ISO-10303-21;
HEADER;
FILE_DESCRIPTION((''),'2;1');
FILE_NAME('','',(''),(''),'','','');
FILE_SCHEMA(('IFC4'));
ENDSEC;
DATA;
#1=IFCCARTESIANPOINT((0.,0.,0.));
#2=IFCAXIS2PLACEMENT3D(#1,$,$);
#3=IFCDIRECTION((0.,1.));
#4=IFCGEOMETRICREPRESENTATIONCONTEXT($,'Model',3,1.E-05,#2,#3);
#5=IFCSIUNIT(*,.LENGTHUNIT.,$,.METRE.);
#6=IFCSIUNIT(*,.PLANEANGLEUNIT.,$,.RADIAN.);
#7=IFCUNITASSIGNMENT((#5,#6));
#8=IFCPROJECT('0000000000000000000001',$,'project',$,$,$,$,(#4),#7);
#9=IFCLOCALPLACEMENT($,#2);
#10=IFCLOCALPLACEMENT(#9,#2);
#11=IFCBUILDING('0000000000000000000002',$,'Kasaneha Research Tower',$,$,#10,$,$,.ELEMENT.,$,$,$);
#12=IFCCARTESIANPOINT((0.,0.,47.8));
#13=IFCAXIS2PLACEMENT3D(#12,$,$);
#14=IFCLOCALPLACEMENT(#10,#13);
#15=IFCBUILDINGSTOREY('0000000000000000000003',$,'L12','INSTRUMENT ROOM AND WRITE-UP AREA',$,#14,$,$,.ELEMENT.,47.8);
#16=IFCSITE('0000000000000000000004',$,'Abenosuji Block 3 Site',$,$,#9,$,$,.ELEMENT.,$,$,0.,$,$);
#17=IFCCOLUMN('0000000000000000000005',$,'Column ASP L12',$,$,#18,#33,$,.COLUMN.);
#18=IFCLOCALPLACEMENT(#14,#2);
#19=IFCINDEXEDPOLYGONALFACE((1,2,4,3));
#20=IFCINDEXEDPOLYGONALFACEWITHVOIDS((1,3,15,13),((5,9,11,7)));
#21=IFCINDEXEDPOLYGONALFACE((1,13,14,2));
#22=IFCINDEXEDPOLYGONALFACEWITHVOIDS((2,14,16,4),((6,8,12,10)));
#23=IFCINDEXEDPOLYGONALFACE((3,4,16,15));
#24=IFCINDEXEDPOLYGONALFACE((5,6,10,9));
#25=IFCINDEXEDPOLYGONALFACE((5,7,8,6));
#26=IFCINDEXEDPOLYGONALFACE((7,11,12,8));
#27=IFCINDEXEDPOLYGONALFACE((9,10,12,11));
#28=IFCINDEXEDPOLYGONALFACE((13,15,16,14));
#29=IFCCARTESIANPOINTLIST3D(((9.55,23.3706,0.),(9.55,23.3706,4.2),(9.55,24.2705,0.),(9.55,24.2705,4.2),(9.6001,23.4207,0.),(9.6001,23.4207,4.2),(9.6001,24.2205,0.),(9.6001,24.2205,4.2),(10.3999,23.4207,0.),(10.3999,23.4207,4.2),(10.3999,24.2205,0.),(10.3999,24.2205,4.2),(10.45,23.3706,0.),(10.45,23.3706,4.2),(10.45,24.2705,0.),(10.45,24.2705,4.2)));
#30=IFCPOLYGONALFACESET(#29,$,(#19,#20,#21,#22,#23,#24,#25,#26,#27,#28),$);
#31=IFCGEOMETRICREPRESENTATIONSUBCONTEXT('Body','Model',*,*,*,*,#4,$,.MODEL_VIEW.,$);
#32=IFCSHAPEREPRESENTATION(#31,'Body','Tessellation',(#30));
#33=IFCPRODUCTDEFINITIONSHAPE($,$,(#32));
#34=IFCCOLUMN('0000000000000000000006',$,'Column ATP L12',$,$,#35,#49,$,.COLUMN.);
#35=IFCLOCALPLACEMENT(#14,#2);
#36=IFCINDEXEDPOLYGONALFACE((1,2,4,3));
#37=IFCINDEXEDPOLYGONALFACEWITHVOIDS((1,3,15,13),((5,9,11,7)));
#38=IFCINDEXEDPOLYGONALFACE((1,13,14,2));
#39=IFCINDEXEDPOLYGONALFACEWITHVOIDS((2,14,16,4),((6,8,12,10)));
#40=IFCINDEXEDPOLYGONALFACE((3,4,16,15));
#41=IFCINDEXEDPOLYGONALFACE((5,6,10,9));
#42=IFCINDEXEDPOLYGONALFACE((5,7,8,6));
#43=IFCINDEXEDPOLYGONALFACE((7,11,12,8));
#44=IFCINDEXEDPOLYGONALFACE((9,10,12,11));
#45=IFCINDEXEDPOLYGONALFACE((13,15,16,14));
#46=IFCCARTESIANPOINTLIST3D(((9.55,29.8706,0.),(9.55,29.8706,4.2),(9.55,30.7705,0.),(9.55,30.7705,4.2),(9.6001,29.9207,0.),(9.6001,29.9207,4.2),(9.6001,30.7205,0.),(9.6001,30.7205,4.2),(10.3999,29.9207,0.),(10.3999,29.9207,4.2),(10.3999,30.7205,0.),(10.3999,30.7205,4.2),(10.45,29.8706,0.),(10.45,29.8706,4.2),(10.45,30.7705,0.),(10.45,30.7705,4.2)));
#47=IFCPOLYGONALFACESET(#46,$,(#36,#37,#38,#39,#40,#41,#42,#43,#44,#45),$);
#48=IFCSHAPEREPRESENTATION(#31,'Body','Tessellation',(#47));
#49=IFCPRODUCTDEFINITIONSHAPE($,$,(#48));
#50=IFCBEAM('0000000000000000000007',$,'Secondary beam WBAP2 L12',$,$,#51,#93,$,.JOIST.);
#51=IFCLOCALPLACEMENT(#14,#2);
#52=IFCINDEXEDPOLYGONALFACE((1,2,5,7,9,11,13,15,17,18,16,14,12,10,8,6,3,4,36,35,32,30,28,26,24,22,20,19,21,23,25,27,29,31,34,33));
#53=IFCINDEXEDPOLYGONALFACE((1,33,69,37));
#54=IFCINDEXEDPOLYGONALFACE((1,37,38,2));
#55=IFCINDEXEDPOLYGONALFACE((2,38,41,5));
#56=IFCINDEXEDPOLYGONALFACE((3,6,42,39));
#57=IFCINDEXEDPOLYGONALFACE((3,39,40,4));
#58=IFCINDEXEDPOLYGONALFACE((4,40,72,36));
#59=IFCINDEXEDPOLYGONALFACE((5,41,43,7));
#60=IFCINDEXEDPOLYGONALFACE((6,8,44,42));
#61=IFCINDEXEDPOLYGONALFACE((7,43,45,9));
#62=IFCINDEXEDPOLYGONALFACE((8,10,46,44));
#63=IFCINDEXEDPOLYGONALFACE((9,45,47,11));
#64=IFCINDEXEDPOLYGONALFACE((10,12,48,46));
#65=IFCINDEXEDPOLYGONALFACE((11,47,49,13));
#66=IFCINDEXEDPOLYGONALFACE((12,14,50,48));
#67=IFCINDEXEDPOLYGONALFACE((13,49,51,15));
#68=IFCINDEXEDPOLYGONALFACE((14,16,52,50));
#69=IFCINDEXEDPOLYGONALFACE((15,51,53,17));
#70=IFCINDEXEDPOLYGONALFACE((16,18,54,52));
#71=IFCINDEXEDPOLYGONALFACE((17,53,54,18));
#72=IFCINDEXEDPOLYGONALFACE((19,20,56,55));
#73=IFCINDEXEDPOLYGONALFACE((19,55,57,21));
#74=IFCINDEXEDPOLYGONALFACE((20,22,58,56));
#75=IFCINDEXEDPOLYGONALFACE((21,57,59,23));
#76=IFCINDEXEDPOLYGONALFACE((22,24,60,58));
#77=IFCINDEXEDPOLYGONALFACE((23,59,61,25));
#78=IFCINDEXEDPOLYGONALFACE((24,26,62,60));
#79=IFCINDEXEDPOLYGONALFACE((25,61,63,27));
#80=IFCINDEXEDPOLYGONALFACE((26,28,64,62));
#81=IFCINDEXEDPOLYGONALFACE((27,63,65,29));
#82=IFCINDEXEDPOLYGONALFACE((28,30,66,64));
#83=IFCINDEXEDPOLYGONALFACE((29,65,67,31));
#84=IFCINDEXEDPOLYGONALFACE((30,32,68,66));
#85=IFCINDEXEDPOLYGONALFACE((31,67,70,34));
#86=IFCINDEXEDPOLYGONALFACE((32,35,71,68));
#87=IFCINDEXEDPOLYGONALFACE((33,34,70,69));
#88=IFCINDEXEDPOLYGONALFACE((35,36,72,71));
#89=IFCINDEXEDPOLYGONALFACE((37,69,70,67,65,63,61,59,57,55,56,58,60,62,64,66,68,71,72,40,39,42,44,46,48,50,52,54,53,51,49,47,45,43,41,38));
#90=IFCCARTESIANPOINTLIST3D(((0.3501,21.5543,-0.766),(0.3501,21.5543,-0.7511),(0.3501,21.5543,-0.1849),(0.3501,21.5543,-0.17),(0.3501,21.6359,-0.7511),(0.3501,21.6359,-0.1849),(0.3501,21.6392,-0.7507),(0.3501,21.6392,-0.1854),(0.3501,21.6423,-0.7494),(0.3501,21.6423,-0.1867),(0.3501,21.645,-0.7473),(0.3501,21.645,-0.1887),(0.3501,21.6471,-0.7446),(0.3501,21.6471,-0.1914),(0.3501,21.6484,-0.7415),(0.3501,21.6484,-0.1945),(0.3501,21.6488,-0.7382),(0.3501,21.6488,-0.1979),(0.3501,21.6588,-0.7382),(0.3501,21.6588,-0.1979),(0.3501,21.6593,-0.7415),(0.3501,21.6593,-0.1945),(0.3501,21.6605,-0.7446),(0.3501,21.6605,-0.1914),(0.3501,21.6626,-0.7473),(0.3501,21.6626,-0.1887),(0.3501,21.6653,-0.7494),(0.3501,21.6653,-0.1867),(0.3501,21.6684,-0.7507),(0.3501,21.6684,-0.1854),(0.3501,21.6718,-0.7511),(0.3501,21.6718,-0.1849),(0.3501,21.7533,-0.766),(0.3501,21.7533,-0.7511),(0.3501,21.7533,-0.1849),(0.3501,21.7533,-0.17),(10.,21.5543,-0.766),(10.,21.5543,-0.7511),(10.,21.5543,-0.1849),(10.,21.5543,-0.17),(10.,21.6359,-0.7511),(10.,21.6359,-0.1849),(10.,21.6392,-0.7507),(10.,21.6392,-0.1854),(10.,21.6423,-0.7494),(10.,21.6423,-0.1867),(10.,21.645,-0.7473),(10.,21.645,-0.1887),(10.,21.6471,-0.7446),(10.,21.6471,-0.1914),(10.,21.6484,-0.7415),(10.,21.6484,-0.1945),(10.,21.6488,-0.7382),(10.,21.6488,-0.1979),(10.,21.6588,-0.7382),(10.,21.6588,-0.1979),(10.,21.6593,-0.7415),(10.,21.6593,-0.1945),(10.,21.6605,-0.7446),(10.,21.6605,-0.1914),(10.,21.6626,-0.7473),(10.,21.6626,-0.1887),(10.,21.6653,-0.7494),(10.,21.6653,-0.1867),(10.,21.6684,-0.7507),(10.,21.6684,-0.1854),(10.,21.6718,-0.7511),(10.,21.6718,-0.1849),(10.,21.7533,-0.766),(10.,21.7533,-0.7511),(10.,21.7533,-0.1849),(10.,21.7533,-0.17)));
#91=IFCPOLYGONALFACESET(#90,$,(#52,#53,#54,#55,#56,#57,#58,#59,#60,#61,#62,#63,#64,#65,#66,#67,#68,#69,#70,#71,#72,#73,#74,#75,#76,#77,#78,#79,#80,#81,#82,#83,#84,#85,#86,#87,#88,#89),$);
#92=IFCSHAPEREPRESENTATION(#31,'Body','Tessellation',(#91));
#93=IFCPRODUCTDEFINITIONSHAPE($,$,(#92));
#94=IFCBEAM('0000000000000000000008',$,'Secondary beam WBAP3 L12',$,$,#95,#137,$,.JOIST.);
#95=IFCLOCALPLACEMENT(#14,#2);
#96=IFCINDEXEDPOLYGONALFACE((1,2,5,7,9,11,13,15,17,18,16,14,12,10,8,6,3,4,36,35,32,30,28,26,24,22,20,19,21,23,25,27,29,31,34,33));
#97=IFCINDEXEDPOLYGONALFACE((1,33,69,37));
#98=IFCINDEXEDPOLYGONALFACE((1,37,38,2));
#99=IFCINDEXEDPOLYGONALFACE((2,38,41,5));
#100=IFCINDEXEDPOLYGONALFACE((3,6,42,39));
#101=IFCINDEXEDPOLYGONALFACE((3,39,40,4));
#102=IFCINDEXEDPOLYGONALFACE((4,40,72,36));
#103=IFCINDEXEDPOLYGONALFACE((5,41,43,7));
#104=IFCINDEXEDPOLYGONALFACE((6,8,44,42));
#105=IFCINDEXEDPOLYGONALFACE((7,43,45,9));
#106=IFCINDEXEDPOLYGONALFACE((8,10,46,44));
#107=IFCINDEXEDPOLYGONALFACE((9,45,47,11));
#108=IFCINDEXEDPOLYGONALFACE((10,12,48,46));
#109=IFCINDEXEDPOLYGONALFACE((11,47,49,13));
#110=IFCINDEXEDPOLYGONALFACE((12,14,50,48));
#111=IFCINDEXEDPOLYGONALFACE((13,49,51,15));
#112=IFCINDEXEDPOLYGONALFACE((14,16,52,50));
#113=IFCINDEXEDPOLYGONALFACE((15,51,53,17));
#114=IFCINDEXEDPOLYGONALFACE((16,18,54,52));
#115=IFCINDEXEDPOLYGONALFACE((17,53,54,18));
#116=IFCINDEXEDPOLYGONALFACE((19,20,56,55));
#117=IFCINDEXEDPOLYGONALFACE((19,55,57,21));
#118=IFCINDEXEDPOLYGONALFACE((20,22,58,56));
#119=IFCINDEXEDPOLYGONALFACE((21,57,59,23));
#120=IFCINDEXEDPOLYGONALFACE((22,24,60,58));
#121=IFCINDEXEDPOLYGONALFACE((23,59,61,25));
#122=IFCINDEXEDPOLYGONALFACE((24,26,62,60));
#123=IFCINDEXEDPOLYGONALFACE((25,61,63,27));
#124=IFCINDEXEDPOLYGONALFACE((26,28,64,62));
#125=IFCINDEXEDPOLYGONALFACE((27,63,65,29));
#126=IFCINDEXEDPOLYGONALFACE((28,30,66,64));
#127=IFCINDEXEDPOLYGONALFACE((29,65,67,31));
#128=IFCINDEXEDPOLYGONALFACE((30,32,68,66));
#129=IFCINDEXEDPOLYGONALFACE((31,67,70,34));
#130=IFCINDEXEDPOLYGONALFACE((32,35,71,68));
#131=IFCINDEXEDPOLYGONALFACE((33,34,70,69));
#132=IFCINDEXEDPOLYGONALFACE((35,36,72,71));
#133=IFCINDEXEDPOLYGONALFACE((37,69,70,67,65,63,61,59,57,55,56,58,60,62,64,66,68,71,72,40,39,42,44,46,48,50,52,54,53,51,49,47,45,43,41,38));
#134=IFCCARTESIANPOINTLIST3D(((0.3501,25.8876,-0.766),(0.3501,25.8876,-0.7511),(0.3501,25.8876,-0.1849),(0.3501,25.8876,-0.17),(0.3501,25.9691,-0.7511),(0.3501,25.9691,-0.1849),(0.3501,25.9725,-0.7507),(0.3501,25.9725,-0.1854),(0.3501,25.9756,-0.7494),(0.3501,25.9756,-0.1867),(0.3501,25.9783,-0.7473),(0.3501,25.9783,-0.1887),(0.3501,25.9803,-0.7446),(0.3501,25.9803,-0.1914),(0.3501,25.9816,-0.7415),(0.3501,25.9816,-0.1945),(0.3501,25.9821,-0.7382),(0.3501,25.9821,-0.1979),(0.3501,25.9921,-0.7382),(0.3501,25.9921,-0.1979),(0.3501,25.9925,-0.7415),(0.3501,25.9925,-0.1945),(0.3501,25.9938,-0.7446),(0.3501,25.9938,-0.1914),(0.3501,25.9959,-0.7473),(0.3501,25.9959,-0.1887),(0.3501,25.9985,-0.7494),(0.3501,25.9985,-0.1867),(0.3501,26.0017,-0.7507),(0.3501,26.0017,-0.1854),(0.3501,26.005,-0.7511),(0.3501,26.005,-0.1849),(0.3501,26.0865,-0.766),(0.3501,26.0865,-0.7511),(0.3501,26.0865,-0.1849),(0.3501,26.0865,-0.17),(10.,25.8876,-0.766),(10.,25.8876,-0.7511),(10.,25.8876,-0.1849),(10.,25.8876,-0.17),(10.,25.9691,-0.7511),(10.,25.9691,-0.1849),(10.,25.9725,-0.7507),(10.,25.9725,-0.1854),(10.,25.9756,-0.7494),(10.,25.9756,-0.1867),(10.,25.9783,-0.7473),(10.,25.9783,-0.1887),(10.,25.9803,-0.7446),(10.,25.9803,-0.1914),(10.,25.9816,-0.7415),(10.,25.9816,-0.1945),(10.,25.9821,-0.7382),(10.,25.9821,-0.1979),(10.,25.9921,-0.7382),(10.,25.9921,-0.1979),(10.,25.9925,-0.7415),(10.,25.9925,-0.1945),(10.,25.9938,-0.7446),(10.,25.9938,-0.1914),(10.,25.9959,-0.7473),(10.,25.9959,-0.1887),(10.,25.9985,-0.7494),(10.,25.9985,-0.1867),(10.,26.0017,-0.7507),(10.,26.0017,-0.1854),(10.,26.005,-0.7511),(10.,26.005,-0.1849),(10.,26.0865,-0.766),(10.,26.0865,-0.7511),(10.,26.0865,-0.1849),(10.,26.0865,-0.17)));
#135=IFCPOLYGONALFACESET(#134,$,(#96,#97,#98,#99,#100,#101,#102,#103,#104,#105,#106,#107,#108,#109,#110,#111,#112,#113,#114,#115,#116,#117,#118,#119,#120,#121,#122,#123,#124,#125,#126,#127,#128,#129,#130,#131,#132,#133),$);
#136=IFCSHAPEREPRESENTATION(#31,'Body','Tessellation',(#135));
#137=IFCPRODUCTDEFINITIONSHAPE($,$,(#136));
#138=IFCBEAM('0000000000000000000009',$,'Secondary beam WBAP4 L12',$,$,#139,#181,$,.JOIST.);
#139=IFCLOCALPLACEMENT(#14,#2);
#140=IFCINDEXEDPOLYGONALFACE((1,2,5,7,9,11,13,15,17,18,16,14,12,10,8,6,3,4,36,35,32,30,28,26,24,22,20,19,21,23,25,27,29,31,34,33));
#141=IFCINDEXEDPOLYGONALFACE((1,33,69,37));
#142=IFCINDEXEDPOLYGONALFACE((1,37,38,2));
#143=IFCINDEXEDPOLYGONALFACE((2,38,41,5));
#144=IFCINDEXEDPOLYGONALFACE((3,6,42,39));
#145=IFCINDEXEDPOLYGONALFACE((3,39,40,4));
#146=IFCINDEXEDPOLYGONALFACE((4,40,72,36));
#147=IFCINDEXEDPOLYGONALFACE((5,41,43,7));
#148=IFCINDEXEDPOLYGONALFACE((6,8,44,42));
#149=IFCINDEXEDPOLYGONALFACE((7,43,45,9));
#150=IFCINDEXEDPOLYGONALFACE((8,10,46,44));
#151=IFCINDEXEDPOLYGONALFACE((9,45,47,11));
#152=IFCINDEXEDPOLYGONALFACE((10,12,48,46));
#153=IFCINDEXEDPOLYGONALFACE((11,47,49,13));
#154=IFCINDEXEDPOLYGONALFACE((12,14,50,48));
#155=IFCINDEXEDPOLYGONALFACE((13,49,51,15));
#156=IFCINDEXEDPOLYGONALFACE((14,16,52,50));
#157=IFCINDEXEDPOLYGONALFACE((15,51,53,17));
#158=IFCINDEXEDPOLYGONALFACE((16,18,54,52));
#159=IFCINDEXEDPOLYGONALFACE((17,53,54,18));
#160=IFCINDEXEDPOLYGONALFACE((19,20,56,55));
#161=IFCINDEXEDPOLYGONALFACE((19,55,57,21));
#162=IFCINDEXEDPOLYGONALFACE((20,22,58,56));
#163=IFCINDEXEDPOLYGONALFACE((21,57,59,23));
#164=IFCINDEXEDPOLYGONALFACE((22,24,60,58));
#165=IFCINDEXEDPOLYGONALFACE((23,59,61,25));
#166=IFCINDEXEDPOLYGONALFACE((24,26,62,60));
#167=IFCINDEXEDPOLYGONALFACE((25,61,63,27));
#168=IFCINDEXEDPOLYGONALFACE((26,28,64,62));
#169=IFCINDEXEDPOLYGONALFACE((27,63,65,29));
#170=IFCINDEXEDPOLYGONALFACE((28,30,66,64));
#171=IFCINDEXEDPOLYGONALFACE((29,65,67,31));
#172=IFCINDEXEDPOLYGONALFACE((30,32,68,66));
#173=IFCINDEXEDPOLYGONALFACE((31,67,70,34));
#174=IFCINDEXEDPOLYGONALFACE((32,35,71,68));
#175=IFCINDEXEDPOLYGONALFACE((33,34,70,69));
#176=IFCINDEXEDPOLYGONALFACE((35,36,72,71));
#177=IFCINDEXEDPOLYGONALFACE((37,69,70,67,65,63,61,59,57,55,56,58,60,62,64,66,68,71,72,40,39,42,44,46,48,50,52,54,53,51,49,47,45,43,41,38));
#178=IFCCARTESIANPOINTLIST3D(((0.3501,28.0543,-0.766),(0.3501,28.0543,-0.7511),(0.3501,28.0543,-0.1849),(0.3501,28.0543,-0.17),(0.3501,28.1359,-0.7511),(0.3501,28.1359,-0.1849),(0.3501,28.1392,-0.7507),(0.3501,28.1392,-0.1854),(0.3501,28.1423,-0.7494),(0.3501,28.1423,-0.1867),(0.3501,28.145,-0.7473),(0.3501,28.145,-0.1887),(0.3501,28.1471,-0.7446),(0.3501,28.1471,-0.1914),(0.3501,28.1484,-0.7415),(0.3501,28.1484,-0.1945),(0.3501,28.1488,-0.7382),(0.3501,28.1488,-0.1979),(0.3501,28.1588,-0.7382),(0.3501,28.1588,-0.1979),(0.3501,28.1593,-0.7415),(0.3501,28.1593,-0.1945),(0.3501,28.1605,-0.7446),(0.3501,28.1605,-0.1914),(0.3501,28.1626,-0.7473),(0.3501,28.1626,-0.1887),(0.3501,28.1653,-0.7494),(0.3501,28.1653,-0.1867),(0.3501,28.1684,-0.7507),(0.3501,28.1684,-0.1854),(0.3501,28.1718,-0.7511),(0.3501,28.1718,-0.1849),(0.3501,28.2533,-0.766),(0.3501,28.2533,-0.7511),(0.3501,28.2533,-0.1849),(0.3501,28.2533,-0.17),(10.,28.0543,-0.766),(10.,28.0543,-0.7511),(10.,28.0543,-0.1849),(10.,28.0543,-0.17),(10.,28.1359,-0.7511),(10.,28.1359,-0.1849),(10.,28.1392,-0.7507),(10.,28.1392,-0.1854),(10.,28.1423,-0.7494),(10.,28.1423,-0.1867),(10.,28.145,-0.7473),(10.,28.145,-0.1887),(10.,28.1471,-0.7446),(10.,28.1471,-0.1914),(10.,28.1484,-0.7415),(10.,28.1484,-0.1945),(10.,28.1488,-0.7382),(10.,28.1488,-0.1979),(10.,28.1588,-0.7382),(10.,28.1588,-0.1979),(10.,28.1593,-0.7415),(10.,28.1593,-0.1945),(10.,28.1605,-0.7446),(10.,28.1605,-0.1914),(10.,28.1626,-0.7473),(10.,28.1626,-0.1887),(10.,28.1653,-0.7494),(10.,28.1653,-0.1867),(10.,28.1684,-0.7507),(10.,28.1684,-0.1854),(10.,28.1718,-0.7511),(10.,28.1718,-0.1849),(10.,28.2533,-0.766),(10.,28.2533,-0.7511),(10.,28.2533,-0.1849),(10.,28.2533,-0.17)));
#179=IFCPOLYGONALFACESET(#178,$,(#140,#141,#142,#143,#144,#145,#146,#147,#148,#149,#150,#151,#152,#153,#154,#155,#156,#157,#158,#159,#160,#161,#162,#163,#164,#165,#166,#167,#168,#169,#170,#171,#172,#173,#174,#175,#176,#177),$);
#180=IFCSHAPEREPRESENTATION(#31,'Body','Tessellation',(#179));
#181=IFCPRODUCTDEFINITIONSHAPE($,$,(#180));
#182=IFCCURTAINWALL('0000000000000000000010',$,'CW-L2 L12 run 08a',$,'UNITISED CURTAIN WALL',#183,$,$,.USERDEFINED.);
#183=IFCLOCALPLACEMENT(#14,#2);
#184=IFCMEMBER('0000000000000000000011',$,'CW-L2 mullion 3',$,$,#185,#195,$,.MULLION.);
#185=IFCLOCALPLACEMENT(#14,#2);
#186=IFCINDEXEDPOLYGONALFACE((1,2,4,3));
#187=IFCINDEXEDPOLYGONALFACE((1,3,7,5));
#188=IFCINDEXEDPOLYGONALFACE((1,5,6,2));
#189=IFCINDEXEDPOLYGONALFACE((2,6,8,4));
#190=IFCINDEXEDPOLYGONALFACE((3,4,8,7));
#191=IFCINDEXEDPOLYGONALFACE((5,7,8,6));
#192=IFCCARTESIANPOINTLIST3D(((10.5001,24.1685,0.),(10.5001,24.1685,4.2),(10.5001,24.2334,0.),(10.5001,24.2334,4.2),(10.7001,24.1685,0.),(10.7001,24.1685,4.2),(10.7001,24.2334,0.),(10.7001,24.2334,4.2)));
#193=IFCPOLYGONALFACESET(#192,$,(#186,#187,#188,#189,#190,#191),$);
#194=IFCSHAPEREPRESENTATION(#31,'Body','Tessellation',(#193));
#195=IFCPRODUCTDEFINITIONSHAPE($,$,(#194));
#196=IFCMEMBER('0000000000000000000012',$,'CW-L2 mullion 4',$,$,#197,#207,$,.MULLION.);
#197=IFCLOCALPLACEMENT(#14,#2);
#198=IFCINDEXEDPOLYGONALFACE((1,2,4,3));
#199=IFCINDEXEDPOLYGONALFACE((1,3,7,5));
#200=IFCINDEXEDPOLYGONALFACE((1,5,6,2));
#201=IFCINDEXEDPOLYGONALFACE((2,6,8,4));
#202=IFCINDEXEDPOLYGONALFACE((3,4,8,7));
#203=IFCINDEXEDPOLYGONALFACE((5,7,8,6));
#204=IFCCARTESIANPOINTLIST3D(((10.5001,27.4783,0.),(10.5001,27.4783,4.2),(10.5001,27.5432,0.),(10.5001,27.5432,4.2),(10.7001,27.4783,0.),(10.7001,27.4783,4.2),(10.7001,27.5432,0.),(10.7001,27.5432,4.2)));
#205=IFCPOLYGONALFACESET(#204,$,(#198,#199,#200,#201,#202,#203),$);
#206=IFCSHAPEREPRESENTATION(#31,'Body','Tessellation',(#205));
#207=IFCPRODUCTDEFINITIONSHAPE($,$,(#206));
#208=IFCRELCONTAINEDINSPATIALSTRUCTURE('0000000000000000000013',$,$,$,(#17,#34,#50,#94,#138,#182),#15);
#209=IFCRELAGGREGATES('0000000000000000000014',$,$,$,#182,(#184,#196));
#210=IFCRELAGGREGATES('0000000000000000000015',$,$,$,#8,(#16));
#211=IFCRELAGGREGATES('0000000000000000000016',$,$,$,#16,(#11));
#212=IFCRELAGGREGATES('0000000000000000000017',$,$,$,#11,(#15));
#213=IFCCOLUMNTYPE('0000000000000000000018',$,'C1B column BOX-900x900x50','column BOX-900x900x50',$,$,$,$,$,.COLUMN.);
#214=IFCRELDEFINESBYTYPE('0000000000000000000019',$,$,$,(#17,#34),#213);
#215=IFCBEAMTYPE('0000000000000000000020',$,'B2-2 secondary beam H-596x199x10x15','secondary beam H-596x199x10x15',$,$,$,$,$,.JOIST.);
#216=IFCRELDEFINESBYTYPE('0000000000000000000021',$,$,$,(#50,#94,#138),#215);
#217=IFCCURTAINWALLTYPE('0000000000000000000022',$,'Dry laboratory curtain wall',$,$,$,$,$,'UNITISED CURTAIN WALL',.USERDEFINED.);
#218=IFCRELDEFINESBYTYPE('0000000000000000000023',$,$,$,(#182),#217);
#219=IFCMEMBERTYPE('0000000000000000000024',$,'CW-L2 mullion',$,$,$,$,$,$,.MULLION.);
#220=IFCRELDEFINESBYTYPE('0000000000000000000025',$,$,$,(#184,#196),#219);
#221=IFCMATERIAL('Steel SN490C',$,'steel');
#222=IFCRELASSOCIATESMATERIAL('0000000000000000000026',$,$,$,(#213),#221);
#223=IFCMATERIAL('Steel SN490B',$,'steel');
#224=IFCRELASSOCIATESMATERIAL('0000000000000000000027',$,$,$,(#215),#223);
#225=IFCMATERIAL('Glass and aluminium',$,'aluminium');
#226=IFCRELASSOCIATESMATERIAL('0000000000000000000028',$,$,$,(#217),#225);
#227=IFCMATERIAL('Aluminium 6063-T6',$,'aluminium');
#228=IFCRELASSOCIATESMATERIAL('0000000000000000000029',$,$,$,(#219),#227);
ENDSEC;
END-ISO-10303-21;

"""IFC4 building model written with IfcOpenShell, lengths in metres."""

from ifc_helpers import new_model, si_unit, direction, frame, origin, origin_2d, place, context, subcontext, project, spatial, rectangle, hollow_rectangle, i_section, extrude, material, material_profile, profile_set, type_object, element, aggregate, save


model = new_model("IFC4")

# Units and contexts
model_context = context("Model", 3, precision=1e-05, world=origin(), true_north=direction((0.0, 1.0)))
body_context = subcontext(model_context, "Body", "Model", "MODEL_VIEW")
ifc_project = project(units=[si_unit("LENGTHUNIT", "METRE"), si_unit("PLANEANGLEUNIT", "RADIAN")], contexts=[model_context])

# Site, building, storey
site_placement = place(None, origin())
site = spatial("IfcSite", under=ifc_project, at=site_placement, Name="Abenosuji Block 3 Site", CompositionType="ELEMENT", RefElevation=0.0)
building_placement = place(site_placement, origin())
building = spatial("IfcBuilding", under=site, at=building_placement, Name="Kasaneha Research Tower", CompositionType="ELEMENT")
storey_placement = place(building_placement, frame((0.0, 0.0, 47.8)))
storey = spatial("IfcBuildingStorey", under=building, at=storey_placement, Name="L12", Description="INSTRUMENT ROOM AND WRITE-UP AREA", CompositionType="ELEMENT", Elevation=47.8)

# Columns
ifc_material_1 = material(Name="Steel SN490C", Category="steel")
ifc_material_profile_1 = material_profile(ifc_material_1, hollow_rectangle(XDim=0.8999, YDim=0.8999, WallThickness=0.05, at=origin_2d()), Name="BOX-900x900x50")
ifc_profile_set_1 = profile_set([ifc_material_profile_1], Name="Steel SN490C")
column_type = type_object("IfcColumnType", Name="C1B column BOX-900x900x50", Description="column BOX-900x900x50", PredefinedType="COLUMN", material=ifc_profile_set_1)
for number, where, z_axis, x_axis, name in (
    (1, (10.0, 23.8206, 0.0), (0.0, 0.0, 1.0), (1.0, 0.0, 0.0), "Column ASP L12"),
    (2, (10.0, 30.3206, 0.0), (0.0, 0.0, 1.0), (1.0, 0.0, 0.0), "Column ATP L12"),
):
    element("IfcColumn", number, at=place(storey_placement, frame(where, z_axis=z_axis, x_axis=x_axis)), inside=storey, type_object=column_type, Name=name, PredefinedType="COLUMN", context=body_context, shape_type="SweptSolid", body=[
        extrude(hollow_rectangle(XDim=0.8999, YDim=0.8999, WallThickness=0.05, at=origin_2d()), origin(), (0.0, 0.0, 1.0), 4.2),
    ])

# Beams
ifc_material_2 = material(Name="Steel SN490B", Category="steel")
ifc_material_profile_2 = material_profile(ifc_material_2, i_section(OverallWidth=0.199, OverallDepth=0.5959, WebThickness=0.01, FlangeThickness=0.0149, FilletRadius=0.0129, at=origin_2d()), Name="H-596x199x10x15")
ifc_profile_set_2 = profile_set([ifc_material_profile_2], Name="Steel SN490B")
beam_type_1 = type_object("IfcBeamType", Name="B2-2 secondary beam H-596x199x10x15", Description="secondary beam H-596x199x10x15", PredefinedType="JOIST", material=ifc_profile_set_2)
for number, where, z_axis, x_axis, name in (
    (3, (10.0, 21.6538, -0.468), (-1.0, 0.0, 0.0), (0.0, -1.0, 0.0), "Secondary beam WBAP2 L12"),
    (4, (10.0, 25.9871, -0.468), (-1.0, 0.0, 0.0), (0.0, -1.0, 0.0), "Secondary beam WBAP3 L12"),
    (5, (10.0, 28.1538, -0.468), (-1.0, 0.0, 0.0), (0.0, -1.0, 0.0), "Secondary beam WBAP4 L12"),
):
    element("IfcBeam", number, at=place(storey_placement, frame(where, z_axis=z_axis, x_axis=x_axis)), inside=storey, type_object=beam_type_1, Name=name, PredefinedType="JOIST", context=body_context, shape_type="SweptSolid", body=[
        extrude(i_section(OverallWidth=0.199, OverallDepth=0.5959, WebThickness=0.01, FlangeThickness=0.0149, FilletRadius=0.0129, at=origin_2d()), origin(), (0.0, 0.0, 1.0), 9.6499),
    ])

# Curtain wall, members
ifc_material_3 = material(Name="Glass and aluminium", Category="aluminium")
curtain_wall_type = type_object("IfcCurtainWallType", Name="Dry laboratory curtain wall", ElementType="UNITISED CURTAIN WALL", PredefinedType="USERDEFINED", material=ifc_material_3)
curtain_wall_1_placement = place(storey_placement, origin())
curtain_wall_1 = element("IfcCurtainWall", 6, at=curtain_wall_1_placement, inside=storey, type_object=curtain_wall_type, Name="CW-L2 L12 run 08a", ObjectType="UNITISED CURTAIN WALL", PredefinedType="USERDEFINED")
ifc_material_4 = material(Name="Aluminium 6063-T6", Category="aluminium")
ifc_material_profile_3 = material_profile(ifc_material_4, rectangle(XDim=0.0649, YDim=0.2, at=origin_2d()), Name="CW-L2 mullion 65x200")
ifc_profile_set_3 = profile_set([ifc_material_profile_3], Name="Aluminium 6063-T6")
member_type_1 = type_object("IfcMemberType", Name="CW-L2 mullion", PredefinedType="MULLION", material=ifc_profile_set_3)
member_1_placement = place(storey_placement, frame((10.6001, 24.2009, 0.0), z_axis=(0.0, 0.0, 1.0), x_axis=(0.0, 1.0, 0.0)))
member_1 = element("IfcMember", 7, at=member_1_placement, type_object=member_type_1, Name="CW-L2 mullion 3", PredefinedType="MULLION", context=body_context, shape_type="SweptSolid", body=[
    extrude(rectangle(XDim=0.0649, YDim=0.2, at=origin_2d()), origin(), (0.0, 0.0, 1.0), 4.2),
])
member_2_placement = place(storey_placement, frame((10.6001, 27.5107, 0.0), z_axis=(0.0, 0.0, 1.0), x_axis=(0.0, 1.0, 0.0)))
member_2 = element("IfcMember", 8, at=member_2_placement, type_object=member_type_1, Name="CW-L2 mullion 4", PredefinedType="MULLION", context=body_context, shape_type="SweptSolid", body=[
    extrude(rectangle(XDim=0.0649, YDim=0.2, at=origin_2d()), origin(), (0.0, 0.0, 1.0), 4.2),
])

aggregate(curtain_wall_1, [member_1, member_2])

save(model, "model.ifc")
